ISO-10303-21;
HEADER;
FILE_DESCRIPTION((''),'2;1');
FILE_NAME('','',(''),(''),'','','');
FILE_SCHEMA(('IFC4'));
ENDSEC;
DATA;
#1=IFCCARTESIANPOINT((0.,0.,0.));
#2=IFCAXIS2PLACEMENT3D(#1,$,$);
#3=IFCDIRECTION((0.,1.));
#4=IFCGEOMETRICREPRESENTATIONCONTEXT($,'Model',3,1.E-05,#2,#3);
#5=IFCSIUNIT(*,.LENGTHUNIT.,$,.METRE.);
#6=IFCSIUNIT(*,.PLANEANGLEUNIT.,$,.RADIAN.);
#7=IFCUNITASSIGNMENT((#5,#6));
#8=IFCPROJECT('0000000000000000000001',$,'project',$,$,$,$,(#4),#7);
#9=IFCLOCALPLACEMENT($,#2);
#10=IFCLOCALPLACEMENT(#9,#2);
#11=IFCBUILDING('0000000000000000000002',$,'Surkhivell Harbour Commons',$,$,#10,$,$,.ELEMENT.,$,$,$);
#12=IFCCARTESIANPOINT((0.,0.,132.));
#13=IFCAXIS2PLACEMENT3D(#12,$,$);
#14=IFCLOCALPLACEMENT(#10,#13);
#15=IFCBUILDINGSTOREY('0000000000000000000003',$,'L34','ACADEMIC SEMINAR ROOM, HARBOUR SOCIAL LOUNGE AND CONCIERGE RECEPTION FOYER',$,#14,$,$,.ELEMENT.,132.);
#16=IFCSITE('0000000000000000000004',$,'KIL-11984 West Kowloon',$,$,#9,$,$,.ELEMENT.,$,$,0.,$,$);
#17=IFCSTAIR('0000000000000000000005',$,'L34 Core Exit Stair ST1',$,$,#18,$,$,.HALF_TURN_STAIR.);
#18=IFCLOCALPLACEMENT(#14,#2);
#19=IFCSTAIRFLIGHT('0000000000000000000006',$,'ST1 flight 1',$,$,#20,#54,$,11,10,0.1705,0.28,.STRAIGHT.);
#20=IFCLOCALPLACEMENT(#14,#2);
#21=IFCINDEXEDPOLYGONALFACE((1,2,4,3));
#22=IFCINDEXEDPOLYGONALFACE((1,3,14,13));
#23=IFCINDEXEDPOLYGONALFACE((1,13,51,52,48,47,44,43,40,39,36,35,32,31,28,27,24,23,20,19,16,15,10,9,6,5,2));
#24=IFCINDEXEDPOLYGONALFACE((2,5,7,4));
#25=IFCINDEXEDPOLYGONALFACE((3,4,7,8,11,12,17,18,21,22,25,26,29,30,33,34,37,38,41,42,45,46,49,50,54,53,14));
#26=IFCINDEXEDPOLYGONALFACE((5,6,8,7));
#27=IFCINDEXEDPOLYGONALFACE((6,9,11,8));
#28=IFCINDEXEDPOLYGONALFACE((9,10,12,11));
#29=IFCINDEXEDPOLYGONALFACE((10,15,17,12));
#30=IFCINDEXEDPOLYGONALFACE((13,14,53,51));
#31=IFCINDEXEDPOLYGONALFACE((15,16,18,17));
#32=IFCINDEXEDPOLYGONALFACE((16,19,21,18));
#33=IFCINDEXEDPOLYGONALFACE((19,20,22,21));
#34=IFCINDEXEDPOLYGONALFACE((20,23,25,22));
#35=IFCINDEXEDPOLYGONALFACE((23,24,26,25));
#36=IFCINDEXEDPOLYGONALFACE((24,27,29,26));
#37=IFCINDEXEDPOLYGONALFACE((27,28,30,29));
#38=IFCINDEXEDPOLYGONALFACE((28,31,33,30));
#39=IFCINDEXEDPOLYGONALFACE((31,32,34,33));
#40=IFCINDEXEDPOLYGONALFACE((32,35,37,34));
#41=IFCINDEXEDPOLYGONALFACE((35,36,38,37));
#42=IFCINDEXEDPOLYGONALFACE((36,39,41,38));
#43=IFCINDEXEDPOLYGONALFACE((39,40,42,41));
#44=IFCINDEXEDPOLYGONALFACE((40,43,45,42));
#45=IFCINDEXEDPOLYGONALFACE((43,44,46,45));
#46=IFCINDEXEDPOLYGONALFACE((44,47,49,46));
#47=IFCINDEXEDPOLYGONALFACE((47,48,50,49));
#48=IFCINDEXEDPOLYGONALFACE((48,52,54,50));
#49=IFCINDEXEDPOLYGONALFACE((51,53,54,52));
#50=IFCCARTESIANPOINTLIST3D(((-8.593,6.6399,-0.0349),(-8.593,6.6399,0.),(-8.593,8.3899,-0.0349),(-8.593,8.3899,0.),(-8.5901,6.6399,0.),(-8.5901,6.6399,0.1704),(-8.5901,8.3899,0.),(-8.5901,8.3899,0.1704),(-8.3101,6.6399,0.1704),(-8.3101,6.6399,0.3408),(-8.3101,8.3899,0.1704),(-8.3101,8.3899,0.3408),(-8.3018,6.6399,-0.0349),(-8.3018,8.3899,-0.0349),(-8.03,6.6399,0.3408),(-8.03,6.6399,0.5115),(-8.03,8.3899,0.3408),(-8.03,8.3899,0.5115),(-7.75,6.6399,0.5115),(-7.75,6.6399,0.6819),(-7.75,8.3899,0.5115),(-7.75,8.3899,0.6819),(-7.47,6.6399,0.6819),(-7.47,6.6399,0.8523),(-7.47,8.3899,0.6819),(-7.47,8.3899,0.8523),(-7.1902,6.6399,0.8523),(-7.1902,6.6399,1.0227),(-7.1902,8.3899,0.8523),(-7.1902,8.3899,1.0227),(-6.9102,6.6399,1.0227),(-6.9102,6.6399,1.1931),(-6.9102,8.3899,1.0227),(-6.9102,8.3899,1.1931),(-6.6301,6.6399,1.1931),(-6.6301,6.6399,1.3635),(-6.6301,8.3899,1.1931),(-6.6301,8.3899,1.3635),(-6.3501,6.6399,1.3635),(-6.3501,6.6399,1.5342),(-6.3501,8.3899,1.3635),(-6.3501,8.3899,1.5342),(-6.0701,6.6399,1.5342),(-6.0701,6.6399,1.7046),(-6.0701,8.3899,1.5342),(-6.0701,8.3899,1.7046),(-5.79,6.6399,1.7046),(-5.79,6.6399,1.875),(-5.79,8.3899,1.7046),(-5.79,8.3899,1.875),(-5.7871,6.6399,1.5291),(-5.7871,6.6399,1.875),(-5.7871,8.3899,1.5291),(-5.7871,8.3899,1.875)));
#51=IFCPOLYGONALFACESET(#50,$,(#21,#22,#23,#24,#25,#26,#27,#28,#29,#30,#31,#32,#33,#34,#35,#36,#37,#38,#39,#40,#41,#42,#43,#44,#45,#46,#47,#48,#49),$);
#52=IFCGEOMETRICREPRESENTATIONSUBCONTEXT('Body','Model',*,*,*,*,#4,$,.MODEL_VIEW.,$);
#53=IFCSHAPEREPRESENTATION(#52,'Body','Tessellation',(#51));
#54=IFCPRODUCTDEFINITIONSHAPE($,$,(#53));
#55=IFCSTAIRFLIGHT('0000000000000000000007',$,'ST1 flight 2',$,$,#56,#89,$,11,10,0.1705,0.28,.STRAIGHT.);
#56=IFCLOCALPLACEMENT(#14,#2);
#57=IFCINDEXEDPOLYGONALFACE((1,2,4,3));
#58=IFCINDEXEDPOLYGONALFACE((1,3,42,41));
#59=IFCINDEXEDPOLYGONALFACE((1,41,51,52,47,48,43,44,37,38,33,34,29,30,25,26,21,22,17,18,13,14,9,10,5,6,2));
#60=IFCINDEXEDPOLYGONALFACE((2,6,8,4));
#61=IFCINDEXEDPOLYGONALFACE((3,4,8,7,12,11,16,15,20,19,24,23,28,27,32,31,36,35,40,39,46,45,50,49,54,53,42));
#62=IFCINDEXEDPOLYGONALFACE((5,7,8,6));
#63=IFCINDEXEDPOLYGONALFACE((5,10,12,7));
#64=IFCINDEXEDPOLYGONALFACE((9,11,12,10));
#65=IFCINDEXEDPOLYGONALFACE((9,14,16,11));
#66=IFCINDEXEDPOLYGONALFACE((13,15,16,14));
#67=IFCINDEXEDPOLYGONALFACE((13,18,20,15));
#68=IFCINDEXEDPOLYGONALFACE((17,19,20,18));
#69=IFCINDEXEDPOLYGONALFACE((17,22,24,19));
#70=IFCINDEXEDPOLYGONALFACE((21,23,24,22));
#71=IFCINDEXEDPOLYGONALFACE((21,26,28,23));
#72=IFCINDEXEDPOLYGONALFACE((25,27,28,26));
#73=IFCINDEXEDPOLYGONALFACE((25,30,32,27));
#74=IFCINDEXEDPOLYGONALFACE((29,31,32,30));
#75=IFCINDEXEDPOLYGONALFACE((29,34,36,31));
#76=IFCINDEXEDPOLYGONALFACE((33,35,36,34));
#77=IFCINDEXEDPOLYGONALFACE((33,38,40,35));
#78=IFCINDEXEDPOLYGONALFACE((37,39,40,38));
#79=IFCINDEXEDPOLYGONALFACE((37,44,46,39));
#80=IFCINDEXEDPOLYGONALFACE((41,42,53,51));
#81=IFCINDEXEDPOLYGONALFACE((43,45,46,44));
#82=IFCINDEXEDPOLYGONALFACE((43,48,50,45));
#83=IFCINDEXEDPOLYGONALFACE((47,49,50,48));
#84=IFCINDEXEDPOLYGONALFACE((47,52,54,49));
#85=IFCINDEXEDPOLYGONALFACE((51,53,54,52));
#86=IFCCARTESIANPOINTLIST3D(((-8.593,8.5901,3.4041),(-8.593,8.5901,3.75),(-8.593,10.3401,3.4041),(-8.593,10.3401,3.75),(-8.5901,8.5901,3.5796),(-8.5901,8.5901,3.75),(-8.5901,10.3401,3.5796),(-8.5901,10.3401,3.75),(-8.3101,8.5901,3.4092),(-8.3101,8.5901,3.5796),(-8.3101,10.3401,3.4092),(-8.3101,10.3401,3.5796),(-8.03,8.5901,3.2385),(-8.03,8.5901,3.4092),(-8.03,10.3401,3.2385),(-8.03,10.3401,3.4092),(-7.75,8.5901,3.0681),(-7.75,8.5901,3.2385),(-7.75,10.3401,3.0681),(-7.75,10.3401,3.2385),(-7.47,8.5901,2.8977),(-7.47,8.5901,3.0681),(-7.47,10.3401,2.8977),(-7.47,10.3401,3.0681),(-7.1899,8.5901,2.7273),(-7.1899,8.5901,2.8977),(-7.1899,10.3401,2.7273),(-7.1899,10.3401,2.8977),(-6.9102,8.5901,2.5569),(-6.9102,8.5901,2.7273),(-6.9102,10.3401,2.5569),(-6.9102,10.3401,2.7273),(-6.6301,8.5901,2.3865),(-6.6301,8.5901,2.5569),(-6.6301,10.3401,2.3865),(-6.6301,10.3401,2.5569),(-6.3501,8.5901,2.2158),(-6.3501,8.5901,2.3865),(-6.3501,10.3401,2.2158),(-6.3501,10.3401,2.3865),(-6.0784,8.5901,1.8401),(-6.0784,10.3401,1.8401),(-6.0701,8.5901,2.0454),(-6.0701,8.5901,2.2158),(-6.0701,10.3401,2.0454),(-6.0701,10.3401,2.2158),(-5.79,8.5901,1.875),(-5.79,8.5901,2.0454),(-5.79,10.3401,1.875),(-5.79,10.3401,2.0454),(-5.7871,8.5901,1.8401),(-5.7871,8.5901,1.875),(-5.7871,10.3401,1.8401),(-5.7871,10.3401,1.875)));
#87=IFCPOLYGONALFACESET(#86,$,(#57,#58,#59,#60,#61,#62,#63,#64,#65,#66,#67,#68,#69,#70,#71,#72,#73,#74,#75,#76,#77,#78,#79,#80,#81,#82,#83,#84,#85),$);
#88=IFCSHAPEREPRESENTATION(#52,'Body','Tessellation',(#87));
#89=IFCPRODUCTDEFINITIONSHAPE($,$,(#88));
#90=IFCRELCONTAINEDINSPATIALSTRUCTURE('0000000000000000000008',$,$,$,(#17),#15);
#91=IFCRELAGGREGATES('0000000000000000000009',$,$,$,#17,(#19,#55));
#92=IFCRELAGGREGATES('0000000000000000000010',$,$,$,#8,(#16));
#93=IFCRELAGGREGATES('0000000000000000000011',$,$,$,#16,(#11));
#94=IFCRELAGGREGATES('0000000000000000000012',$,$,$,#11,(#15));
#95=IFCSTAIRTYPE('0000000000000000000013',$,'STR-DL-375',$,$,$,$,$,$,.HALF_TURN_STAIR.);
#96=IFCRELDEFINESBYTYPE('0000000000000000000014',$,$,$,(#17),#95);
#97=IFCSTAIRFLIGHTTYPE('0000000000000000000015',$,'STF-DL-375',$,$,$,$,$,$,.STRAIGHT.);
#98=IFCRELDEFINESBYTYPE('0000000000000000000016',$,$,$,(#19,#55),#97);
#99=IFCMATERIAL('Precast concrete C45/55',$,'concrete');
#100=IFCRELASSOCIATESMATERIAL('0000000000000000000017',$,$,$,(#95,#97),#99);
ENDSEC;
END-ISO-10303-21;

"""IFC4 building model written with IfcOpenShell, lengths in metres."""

from ifc_helpers import new_model, si_unit, direction, frame, origin, place, context, subcontext, project, spatial, polyline, outline, extrude, material, type_object, element, aggregate, save


model = new_model("IFC4")

# Units and contexts
model_context = context("Model", 3, precision=1e-05, world=origin(), true_north=direction((0.0, 1.0)))
body_context = subcontext(model_context, "Body", "Model", "MODEL_VIEW")
ifc_project = project(units=[si_unit("LENGTHUNIT", "METRE"), si_unit("PLANEANGLEUNIT", "RADIAN")], contexts=[model_context])

# Site, building, storey
site_placement = place(None, origin())
site = spatial("IfcSite", under=ifc_project, at=site_placement, Name="KIL-11984 West Kowloon", CompositionType="ELEMENT", RefElevation=0.0)
building_placement = place(site_placement, origin())
building = spatial("IfcBuilding", under=site, at=building_placement, Name="Surkhivell Harbour Commons", CompositionType="ELEMENT")
storey_placement = place(building_placement, frame((0.0, 0.0, 132.0)))
storey = spatial("IfcBuildingStorey", under=building, at=storey_placement, Name="L34", Description="ACADEMIC SEMINAR ROOM, HARBOUR SOCIAL LOUNGE AND CONCIERGE RECEPTION FOYER", CompositionType="ELEMENT", Elevation=132.0)

# Stair, stair flights
ifc_material_1 = material(Name="Precast concrete C45/55", Category="concrete")
stair_type = type_object("IfcStairType", Name="STR-DL-375", PredefinedType="HALF_TURN_STAIR", material=ifc_material_1)
stair_placement = place(storey_placement, origin())
stair = element("IfcStair", 1, at=stair_placement, inside=storey, type_object=stair_type, Name="L34 Core Exit Stair ST1", PredefinedType="HALF_TURN_STAIR")
stair_flight_type = type_object("IfcStairFlightType", Name="STF-DL-375", PredefinedType="STRAIGHT", material=ifc_material_1)
stair_flight_1_placement = place(storey_placement, frame((-8.5901, 7.5149, 0.0), z_axis=(0.0, 0.0, 1.0), x_axis=(1.0, 0.0, 0.0)))
stair_flight_1 = element("IfcStairFlight", 2, at=stair_flight_1_placement, type_object=stair_flight_type, Name="ST1 flight 1", NumberOfRisers=11, NumberOfTreads=10, PredefinedType="STRAIGHT", RiserHeight=0.1705, TreadLength=0.28, context=body_context, shape_type="SweptSolid", body=[
    extrude(outline(polyline([(-0.0029, -0.0349), (-0.0029, 0.0), (0.0, 0.0), (0.0, 0.1704), (0.28, 0.1704), (0.28, 0.3408), (0.5601, 0.3408), (0.5601, 0.5115), (0.8401, 0.5115), (0.8401, 0.6819), (1.1201, 0.6819), (1.1201, 0.8523), (1.3999, 0.8523), (1.3999, 1.0227), (1.6799, 1.0227), (1.6799, 1.1931), (1.96, 1.1931), (1.96, 1.3635), (2.24, 1.3635), (2.24, 1.5342), (2.52, 1.5342), (2.52, 1.7046), (2.8, 1.7046), (2.8, 1.875), (2.803, 1.875), (2.803, 1.5291), (0.2883, -0.0349), (-0.0029, -0.0349)])), frame((0.0, 0.875, 0.0), z_axis=(0.0, -1.0, 0.0), x_axis=(1.0, 0.0, 0.0)), (0.0, 0.0, 1.0), 1.75),
])
stair_flight_2_placement = place(storey_placement, frame((-5.79, 9.4651, 1.875), z_axis=(0.0, 0.0, 1.0), x_axis=(-1.0, 0.0, 0.0)))
stair_flight_2 = element("IfcStairFlight", 3, at=stair_flight_2_placement, type_object=stair_flight_type, Name="ST1 flight 2", NumberOfRisers=11, NumberOfTreads=10, PredefinedType="STRAIGHT", RiserHeight=0.1705, TreadLength=0.28, context=body_context, shape_type="SweptSolid", body=[
    extrude(outline(polyline([(-0.0029, -0.0349), (-0.0029, 0.0), (0.0, 0.0), (0.0, 0.1704), (0.28, 0.1704), (0.28, 0.3408), (0.5601, 0.3408), (0.5601, 0.5115), (0.8401, 0.5115), (0.8401, 0.6819), (1.1201, 0.6819), (1.1201, 0.8523), (1.3999, 0.8523), (1.3999, 1.0227), (1.6799, 1.0227), (1.6799, 1.1931), (1.96, 1.1931), (1.96, 1.3635), (2.24, 1.3635), (2.24, 1.5342), (2.52, 1.5342), (2.52, 1.7046), (2.8, 1.7046), (2.8, 1.875), (2.803, 1.875), (2.803, 1.5291), (0.2883, -0.0349), (-0.0029, -0.0349)])), frame((0.0, 0.875, 0.0), z_axis=(0.0, -1.0, 0.0), x_axis=(1.0, 0.0, 0.0)), (0.0, 0.0, 1.0), 1.75),
])
aggregate(stair, [stair_flight_1, stair_flight_2])

save(model, "model.ifc")
